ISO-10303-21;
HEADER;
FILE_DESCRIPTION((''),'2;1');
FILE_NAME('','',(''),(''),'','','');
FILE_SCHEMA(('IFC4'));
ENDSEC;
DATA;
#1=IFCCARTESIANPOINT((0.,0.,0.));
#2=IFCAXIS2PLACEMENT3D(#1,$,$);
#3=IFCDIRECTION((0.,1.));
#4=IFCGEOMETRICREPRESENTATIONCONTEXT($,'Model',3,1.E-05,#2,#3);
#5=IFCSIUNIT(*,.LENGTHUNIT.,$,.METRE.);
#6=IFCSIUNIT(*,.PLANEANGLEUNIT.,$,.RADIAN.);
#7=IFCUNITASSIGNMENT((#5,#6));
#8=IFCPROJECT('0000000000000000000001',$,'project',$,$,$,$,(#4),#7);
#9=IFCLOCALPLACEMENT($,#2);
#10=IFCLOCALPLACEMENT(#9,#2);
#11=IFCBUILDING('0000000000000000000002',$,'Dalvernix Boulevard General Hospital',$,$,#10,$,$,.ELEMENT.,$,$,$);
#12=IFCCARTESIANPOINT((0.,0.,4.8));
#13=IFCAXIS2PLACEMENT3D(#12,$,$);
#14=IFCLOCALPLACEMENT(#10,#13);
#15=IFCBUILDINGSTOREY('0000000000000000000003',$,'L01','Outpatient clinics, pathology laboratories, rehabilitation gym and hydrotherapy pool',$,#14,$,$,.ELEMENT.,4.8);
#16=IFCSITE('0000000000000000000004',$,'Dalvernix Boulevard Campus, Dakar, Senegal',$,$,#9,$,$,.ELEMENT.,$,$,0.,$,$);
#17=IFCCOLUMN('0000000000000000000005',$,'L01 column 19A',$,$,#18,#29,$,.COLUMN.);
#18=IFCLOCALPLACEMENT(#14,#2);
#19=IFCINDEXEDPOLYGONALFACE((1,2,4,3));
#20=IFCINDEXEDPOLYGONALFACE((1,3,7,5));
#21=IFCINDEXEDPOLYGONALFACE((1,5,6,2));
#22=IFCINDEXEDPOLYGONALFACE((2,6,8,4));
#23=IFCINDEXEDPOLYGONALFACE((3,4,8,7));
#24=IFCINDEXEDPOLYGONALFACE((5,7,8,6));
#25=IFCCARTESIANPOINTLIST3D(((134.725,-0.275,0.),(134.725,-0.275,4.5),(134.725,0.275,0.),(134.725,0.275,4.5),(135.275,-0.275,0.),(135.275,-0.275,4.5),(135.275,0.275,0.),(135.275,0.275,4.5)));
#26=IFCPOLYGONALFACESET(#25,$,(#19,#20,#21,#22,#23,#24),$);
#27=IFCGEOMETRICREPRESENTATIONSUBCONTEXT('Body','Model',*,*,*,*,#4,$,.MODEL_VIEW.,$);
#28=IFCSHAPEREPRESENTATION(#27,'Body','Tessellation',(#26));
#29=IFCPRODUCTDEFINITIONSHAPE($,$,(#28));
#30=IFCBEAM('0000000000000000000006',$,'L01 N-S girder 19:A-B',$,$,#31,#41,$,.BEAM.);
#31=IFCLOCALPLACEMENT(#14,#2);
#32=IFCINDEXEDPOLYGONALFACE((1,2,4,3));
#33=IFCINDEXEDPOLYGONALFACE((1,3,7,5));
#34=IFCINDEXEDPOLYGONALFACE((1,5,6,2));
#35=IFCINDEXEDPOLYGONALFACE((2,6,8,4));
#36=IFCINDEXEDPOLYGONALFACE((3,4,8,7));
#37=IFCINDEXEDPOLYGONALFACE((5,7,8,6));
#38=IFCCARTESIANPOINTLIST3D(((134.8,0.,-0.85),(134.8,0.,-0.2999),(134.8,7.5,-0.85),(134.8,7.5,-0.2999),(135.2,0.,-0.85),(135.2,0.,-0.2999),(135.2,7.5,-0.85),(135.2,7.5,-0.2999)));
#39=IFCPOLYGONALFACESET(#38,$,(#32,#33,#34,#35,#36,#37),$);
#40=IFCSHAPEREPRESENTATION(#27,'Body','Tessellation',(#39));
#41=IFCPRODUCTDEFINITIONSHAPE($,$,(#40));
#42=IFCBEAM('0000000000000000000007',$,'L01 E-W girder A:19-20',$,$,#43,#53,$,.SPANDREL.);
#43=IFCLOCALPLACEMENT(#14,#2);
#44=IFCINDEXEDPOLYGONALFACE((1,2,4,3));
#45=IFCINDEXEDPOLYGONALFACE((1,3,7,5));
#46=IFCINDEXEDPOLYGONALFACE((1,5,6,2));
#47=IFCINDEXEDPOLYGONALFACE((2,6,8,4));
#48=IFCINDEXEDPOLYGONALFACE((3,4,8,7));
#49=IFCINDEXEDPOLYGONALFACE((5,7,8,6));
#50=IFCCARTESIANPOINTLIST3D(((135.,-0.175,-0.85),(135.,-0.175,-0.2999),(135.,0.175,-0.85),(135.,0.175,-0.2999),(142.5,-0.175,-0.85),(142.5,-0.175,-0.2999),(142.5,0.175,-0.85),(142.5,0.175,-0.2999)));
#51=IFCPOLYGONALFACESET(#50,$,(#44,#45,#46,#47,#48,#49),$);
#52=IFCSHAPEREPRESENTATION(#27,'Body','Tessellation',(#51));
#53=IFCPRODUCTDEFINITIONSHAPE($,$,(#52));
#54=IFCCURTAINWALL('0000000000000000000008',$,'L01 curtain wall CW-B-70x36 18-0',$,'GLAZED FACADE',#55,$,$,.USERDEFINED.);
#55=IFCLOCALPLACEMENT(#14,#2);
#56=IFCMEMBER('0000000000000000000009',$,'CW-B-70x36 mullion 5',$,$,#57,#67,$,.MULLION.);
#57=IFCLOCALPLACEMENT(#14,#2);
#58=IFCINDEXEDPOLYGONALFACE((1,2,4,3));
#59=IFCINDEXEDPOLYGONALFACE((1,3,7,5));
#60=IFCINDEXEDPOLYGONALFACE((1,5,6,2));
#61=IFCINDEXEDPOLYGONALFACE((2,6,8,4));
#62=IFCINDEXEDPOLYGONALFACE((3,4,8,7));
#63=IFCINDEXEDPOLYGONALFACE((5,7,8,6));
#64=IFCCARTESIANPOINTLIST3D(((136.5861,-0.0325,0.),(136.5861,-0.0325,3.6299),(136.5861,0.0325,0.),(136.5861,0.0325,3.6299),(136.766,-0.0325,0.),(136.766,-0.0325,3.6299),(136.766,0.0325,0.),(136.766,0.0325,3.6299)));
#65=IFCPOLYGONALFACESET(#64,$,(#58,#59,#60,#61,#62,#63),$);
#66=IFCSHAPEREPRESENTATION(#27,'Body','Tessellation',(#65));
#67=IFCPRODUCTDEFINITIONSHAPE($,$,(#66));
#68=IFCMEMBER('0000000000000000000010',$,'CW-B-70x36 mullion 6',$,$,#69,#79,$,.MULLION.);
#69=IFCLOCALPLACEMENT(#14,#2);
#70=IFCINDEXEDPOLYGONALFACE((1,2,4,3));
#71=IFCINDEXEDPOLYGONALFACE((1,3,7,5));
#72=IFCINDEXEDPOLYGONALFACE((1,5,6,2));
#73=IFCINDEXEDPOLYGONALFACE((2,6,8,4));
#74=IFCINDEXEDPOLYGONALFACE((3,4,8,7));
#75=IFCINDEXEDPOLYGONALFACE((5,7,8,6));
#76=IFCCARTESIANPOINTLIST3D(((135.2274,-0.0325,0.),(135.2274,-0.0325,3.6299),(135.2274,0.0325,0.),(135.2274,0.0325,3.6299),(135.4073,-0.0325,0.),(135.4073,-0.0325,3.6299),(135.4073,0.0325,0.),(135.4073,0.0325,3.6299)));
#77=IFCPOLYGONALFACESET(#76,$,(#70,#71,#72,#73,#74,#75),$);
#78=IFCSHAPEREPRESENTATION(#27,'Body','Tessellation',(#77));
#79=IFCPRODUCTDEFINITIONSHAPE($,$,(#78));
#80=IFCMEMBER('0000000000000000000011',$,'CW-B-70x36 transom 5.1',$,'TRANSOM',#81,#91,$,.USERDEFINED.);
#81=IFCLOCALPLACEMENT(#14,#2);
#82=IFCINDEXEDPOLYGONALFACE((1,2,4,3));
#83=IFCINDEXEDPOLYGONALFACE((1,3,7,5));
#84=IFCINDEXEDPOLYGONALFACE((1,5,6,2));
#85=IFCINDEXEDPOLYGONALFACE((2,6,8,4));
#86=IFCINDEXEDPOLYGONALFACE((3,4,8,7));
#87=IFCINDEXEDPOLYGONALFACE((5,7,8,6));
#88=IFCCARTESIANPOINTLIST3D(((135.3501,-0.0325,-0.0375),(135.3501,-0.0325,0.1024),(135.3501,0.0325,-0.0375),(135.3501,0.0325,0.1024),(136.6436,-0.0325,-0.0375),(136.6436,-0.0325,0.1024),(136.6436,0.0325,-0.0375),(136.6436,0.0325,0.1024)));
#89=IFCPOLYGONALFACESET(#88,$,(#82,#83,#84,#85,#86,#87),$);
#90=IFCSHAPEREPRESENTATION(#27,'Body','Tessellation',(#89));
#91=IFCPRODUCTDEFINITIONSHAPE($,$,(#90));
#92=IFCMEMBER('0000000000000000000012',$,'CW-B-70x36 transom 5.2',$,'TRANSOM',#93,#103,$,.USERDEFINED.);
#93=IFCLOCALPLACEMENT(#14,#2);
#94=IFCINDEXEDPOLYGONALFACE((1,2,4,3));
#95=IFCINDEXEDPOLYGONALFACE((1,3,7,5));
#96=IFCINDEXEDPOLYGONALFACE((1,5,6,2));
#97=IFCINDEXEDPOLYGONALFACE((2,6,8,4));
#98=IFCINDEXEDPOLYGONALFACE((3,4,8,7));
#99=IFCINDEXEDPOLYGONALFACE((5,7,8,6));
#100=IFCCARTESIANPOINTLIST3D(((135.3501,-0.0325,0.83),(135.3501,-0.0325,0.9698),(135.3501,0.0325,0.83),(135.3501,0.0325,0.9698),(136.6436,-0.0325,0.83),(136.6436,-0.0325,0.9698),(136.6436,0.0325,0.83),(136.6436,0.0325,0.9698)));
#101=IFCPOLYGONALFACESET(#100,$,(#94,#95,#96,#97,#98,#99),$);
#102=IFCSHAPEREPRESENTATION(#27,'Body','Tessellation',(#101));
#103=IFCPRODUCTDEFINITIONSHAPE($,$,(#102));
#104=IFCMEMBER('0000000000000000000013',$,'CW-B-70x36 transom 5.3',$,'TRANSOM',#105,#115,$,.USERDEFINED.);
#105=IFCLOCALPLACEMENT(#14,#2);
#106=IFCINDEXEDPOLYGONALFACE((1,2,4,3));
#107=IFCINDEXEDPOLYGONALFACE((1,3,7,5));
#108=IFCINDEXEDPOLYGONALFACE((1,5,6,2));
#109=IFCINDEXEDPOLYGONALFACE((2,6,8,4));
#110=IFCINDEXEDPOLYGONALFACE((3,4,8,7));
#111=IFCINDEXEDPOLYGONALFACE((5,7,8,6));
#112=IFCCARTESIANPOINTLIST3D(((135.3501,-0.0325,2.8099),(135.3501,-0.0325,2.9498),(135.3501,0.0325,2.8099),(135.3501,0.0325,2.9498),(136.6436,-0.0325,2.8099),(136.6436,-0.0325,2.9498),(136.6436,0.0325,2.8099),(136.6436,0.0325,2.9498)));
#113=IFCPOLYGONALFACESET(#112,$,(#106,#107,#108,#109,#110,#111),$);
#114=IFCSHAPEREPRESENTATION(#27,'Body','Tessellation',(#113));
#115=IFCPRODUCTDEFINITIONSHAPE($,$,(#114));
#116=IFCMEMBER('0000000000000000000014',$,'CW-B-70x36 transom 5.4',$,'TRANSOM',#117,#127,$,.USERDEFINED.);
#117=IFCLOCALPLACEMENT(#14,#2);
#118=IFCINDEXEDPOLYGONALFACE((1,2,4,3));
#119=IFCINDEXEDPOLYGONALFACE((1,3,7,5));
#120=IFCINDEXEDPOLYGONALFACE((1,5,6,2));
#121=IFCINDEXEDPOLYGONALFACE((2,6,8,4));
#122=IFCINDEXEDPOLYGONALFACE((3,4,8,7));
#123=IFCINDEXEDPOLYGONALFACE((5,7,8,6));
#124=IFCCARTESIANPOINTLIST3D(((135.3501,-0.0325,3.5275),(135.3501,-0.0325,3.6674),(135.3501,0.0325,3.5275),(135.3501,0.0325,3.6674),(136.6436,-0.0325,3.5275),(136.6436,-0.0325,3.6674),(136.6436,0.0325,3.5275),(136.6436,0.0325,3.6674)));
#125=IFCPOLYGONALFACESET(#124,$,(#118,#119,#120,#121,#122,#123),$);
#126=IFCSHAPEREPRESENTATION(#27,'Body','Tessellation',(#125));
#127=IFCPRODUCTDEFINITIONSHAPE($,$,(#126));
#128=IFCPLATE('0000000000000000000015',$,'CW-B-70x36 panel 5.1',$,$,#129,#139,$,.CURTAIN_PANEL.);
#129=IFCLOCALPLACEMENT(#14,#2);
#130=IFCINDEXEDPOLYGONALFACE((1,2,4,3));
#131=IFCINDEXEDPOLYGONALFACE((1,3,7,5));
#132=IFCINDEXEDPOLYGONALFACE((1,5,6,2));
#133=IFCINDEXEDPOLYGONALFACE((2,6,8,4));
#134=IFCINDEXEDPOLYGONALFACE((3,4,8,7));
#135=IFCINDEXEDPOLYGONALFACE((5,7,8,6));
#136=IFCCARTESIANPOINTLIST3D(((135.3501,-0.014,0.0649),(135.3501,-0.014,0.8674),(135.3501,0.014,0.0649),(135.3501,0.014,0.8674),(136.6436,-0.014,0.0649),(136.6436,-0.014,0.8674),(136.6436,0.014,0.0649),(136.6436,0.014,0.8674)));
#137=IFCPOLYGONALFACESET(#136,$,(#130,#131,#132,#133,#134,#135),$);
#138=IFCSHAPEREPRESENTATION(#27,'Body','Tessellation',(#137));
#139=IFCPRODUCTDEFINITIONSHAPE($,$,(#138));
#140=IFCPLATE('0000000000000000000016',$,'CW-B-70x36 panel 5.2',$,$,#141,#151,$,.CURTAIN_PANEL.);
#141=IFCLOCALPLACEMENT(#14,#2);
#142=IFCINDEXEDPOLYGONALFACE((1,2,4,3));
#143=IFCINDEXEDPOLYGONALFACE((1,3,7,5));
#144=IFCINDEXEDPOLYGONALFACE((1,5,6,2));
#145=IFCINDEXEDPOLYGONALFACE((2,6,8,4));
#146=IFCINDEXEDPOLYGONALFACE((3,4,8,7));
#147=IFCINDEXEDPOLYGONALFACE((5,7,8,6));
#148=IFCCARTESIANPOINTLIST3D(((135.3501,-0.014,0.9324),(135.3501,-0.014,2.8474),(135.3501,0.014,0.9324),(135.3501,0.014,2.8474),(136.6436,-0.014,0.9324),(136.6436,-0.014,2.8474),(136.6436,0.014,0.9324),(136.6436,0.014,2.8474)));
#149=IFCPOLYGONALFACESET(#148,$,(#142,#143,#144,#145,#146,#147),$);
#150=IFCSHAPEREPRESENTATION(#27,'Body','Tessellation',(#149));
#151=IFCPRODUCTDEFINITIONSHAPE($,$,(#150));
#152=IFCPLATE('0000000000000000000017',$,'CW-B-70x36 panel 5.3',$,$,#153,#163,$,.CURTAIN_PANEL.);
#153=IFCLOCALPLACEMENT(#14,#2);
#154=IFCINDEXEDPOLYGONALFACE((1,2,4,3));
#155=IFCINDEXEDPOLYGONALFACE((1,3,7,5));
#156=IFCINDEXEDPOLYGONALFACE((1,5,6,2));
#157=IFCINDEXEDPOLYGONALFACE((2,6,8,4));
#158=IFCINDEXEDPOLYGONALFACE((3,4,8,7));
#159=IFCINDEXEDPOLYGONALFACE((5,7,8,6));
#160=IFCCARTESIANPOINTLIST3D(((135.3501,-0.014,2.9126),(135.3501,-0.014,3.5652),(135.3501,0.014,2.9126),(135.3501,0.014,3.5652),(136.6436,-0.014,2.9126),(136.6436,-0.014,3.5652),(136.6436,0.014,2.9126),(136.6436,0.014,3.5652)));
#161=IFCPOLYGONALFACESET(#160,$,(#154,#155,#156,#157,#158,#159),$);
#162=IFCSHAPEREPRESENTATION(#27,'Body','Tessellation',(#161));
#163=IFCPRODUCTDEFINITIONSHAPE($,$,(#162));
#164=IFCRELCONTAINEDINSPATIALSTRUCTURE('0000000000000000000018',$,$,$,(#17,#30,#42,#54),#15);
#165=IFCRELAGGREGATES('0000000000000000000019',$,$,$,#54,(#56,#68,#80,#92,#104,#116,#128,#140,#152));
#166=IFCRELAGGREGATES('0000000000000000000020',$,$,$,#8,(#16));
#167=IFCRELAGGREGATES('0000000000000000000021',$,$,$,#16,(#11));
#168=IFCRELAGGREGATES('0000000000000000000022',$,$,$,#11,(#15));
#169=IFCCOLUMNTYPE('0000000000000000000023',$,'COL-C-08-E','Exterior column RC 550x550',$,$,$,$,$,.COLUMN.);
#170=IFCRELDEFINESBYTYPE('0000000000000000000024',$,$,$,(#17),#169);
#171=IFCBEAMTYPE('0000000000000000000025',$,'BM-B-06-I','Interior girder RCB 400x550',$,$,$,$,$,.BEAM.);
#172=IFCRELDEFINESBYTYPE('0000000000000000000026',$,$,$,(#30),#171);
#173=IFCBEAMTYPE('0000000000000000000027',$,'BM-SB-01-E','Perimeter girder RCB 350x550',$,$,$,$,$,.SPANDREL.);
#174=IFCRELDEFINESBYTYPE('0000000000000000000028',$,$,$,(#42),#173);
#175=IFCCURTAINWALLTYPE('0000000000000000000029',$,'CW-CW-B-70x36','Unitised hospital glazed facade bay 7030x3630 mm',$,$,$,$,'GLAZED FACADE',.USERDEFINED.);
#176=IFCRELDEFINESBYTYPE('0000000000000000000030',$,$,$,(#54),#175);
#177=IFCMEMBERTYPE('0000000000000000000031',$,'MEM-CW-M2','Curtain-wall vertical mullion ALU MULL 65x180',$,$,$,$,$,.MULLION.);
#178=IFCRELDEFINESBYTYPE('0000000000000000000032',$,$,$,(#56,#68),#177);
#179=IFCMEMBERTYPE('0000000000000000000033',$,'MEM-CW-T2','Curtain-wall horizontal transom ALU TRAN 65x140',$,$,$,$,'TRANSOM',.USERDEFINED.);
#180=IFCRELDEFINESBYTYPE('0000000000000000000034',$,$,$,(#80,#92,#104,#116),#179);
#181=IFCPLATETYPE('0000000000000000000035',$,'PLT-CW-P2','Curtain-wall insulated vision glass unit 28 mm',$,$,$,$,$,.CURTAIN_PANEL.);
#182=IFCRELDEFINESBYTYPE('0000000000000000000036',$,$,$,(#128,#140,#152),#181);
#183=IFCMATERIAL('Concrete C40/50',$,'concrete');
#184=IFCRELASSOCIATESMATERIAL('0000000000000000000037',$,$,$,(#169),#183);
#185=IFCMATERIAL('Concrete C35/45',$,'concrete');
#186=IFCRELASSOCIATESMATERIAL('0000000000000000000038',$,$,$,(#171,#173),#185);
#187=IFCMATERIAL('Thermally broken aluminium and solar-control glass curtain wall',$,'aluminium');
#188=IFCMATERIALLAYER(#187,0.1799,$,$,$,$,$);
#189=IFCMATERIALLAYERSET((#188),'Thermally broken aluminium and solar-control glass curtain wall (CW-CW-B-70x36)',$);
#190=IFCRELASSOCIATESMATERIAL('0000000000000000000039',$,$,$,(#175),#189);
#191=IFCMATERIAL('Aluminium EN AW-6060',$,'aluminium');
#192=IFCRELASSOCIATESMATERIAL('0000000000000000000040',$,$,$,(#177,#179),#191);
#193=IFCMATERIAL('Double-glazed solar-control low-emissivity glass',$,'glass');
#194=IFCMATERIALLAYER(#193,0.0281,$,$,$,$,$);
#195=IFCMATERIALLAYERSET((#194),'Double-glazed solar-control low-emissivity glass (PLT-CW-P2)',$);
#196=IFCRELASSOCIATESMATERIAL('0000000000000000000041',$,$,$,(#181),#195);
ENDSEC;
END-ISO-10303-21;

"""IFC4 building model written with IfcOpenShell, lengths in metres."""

from ifc_helpers import new_model, si_unit, direction, frame, origin, origin_2d, place, context, subcontext, project, spatial, rectangle, extrude, material, layer, layer_set, material_profile, profile_set, type_object, element, aggregate, save


model = new_model("IFC4")

# Units and contexts
model_context = context("Model", 3, precision=1e-05, world=origin(), true_north=direction((0.0, 1.0)))
body_context = subcontext(model_context, "Body", "Model", "MODEL_VIEW")
ifc_project = project(units=[si_unit("LENGTHUNIT", "METRE"), si_unit("PLANEANGLEUNIT", "RADIAN")], contexts=[model_context])

# Site, building, storey
site_placement = place(None, origin())
site = spatial("IfcSite", under=ifc_project, at=site_placement, Name="Dalvernix Boulevard Campus, Dakar, Senegal", CompositionType="ELEMENT", RefElevation=0.0)
building_placement = place(site_placement, origin())
building = spatial("IfcBuilding", under=site, at=building_placement, Name="Dalvernix Boulevard General Hospital", CompositionType="ELEMENT")
storey_placement = place(building_placement, frame((0.0, 0.0, 4.8)))
storey = spatial("IfcBuildingStorey", under=building, at=storey_placement, Name="L01", Description="Outpatient clinics, pathology laboratories, rehabilitation gym and hydrotherapy pool", CompositionType="ELEMENT", Elevation=4.8)

# Column
ifc_material_1 = material(Name="Concrete C40/50", Category="concrete")
ifc_material_profile_1 = material_profile(ifc_material_1, rectangle(XDim=0.55, YDim=0.55, at=origin_2d()), Name="RC 550x550")
ifc_profile_set_1 = profile_set([ifc_material_profile_1], Name="Concrete C40/50")
column_type = type_object("IfcColumnType", Name="COL-C-08-E", Description="Exterior column RC 550x550", PredefinedType="COLUMN", material=ifc_profile_set_1)
column_placement = place(storey_placement, frame((135.0, 0.0, 0.0), z_axis=(0.0, 0.0, 1.0), x_axis=(1.0, 0.0, 0.0)))
element("IfcColumn", 1, at=column_placement, inside=storey, type_object=column_type, Name="L01 column 19A", PredefinedType="COLUMN", context=body_context, shape_type="SweptSolid", body=[
    extrude(rectangle(XDim=0.55, YDim=0.55, at=origin_2d()), origin(), (0.0, 0.0, 1.0), 4.5),
])

# Beams
ifc_material_2 = material(Name="Concrete C35/45", Category="concrete")
ifc_material_profile_2 = material_profile(ifc_material_2, rectangle(XDim=0.3999, YDim=0.55, at=origin_2d()), Name="RCB 400x550")
ifc_profile_set_2 = profile_set([ifc_material_profile_2], Name="Concrete C35/45")
beam_type_1 = type_object("IfcBeamType", Name="BM-B-06-I", Description="Interior girder RCB 400x550", PredefinedType="BEAM", material=ifc_profile_set_2)
beam_1_placement = place(storey_placement, frame((135.0, 0.0, -0.575), z_axis=(0.0, 1.0, 0.0), x_axis=(-1.0, 0.0, 0.0)))
element("IfcBeam", 2, at=beam_1_placement, inside=storey, type_object=beam_type_1, Name="L01 N-S girder 19:A-B", PredefinedType="BEAM", context=body_context, shape_type="SweptSolid", body=[
    extrude(rectangle(XDim=0.3999, YDim=0.55, at=origin_2d()), origin(), (0.0, 0.0, 1.0), 7.5),
])
ifc_material_profile_3 = material_profile(ifc_material_2, rectangle(XDim=0.3501, YDim=0.55, at=origin_2d()), Name="RCB 350x550")
ifc_profile_set_3 = profile_set([ifc_material_profile_3], Name="Concrete C35/45")
beam_type_2 = type_object("IfcBeamType", Name="BM-SB-01-E", Description="Perimeter girder RCB 350x550", PredefinedType="SPANDREL", material=ifc_profile_set_3)
beam_2_placement = place(storey_placement, frame((135.0, 0.0, -0.575), z_axis=(1.0, 0.0, 0.0), x_axis=(0.0, 1.0, 0.0)))
element("IfcBeam", 3, at=beam_2_placement, inside=storey, type_object=beam_type_2, Name="L01 E-W girder A:19-20", PredefinedType="SPANDREL", context=body_context, shape_type="SweptSolid", body=[
    extrude(rectangle(XDim=0.3501, YDim=0.55, at=origin_2d()), origin(), (0.0, 0.0, 1.0), 7.5),
])

# Curtain wall, members, plates
ifc_material_3 = material(Name="Thermally broken aluminium and solar-control glass curtain wall", Category="aluminium")
ifc_layer_1 = layer(ifc_material_3, 0.1799)
ifc_layer_set_1 = layer_set([ifc_layer_1], Name="Thermally broken aluminium and solar-control glass curtain wall (CW-CW-B-70x36)")
curtain_wall_type = type_object("IfcCurtainWallType", Name="CW-CW-B-70x36", Description="Unitised hospital glazed facade bay 7030x3630 mm", ElementType="GLAZED FACADE", PredefinedType="USERDEFINED", material=ifc_layer_set_1)
curtain_wall_placement = place(storey_placement, origin())
curtain_wall = element("IfcCurtainWall", 4, at=curtain_wall_placement, inside=storey, type_object=curtain_wall_type, Name="L01 curtain wall CW-B-70x36 18-0", ObjectType="GLAZED FACADE", PredefinedType="USERDEFINED")
ifc_material_4 = material(Name="Aluminium EN AW-6060", Category="aluminium")
ifc_material_profile_4 = material_profile(ifc_material_4, rectangle(XDim=0.0649, YDim=0.1799, at=origin_2d()), Name="ALU MULL 65x180")
ifc_profile_set_4 = profile_set([ifc_material_profile_4], Name="Aluminium EN AW-6060")
member_type_1 = type_object("IfcMemberType", Name="MEM-CW-M2", Description="Curtain-wall vertical mullion ALU MULL 65x180", PredefinedType="MULLION", material=ifc_profile_set_4)
member_1_placement = place(storey_placement, frame((136.676, 0.0, 0.0), z_axis=(0.0, 0.0, 1.0), x_axis=(0.0, -1.0, 0.0)))
member_1 = element("IfcMember", 5, at=member_1_placement, type_object=member_type_1, Name="CW-B-70x36 mullion 5", PredefinedType="MULLION", context=body_context, shape_type="SweptSolid", body=[
    extrude(rectangle(XDim=0.0649, YDim=0.1799, at=origin_2d()), origin(), (0.0, 0.0, 1.0), 3.6299),
])
member_2_placement = place(storey_placement, frame((135.3174, 0.0, 0.0), z_axis=(0.0, 0.0, 1.0), x_axis=(0.0, -1.0, 0.0)))
member_2 = element("IfcMember", 6, at=member_2_placement, type_object=member_type_1, Name="CW-B-70x36 mullion 6", PredefinedType="MULLION", context=body_context, shape_type="SweptSolid", body=[
    extrude(rectangle(XDim=0.0649, YDim=0.1799, at=origin_2d()), origin(), (0.0, 0.0, 1.0), 3.6299),
])
ifc_material_profile_5 = material_profile(ifc_material_4, rectangle(XDim=0.0649, YDim=0.1399, at=origin_2d()), Name="ALU TRAN 65x140")
ifc_profile_set_5 = profile_set([ifc_material_profile_5], Name="Aluminium EN AW-6060")
member_type_2 = type_object("IfcMemberType", Name="MEM-CW-T2", Description="Curtain-wall horizontal transom ALU TRAN 65x140", ElementType="TRANSOM", PredefinedType="USERDEFINED", material=ifc_profile_set_5)
member_3_placement = place(storey_placement, frame((136.6436, 0.0, 0.0325), z_axis=(-1.0, 0.0, 0.0), x_axis=(0.0, -1.0, 0.0)))
member_3 = element("IfcMember", 7, at=member_3_placement, type_object=member_type_2, Name="CW-B-70x36 transom 5.1", ObjectType="TRANSOM", PredefinedType="USERDEFINED", context=body_context, shape_type="SweptSolid", body=[
    extrude(rectangle(XDim=0.0649, YDim=0.1399, at=origin_2d()), origin(), (0.0, 0.0, 1.0), 1.2935),
])
member_4_placement = place(storey_placement, frame((136.6436, 0.0, 0.8999), z_axis=(-1.0, 0.0, 0.0), x_axis=(0.0, -1.0, 0.0)))
member_4 = element("IfcMember", 8, at=member_4_placement, type_object=member_type_2, Name="CW-B-70x36 transom 5.2", ObjectType="TRANSOM", PredefinedType="USERDEFINED", context=body_context, shape_type="SweptSolid", body=[
    extrude(rectangle(XDim=0.0649, YDim=0.1399, at=origin_2d()), origin(), (0.0, 0.0, 1.0), 1.2935),
])
member_5_placement = place(storey_placement, frame((136.6436, 0.0, 2.8799), z_axis=(-1.0, 0.0, 0.0), x_axis=(0.0, -1.0, 0.0)))
member_5 = element("IfcMember", 9, at=member_5_placement, type_object=member_type_2, Name="CW-B-70x36 transom 5.3", ObjectType="TRANSOM", PredefinedType="USERDEFINED", context=body_context, shape_type="SweptSolid", body=[
    extrude(rectangle(XDim=0.0649, YDim=0.1399, at=origin_2d()), origin(), (0.0, 0.0, 1.0), 1.2935),
])
member_6_placement = place(storey_placement, frame((136.6436, 0.0, 3.5974), z_axis=(-1.0, 0.0, 0.0), x_axis=(0.0, -1.0, 0.0)))
member_6 = element("IfcMember", 10, at=member_6_placement, type_object=member_type_2, Name="CW-B-70x36 transom 5.4", ObjectType="TRANSOM", PredefinedType="USERDEFINED", context=body_context, shape_type="SweptSolid", body=[
    extrude(rectangle(XDim=0.0649, YDim=0.1399, at=origin_2d()), origin(), (0.0, 0.0, 1.0), 1.2935),
])
ifc_material_5 = material(Name="Double-glazed solar-control low-emissivity glass", Category="glass")
ifc_layer_2 = layer(ifc_material_5, 0.0281)
ifc_layer_set_2 = layer_set([ifc_layer_2], Name="Double-glazed solar-control low-emissivity glass (PLT-CW-P2)")
plate_type = type_object("IfcPlateType", Name="PLT-CW-P2", Description="Curtain-wall insulated vision glass unit 28 mm", PredefinedType="CURTAIN_PANEL", material=ifc_layer_set_2)
plate_1_placement = place(storey_placement, frame((135.9968, 0.0, 0.0649), z_axis=(0.0, 0.0, 1.0), x_axis=(-1.0, 0.0, 0.0)))
plate_1 = element("IfcPlate", 11, at=plate_1_placement, type_object=plate_type, Name="CW-B-70x36 panel 5.1", PredefinedType="CURTAIN_PANEL", context=body_context, shape_type="SweptSolid", body=[
    extrude(rectangle(XDim=1.2935, YDim=0.0281, at=origin_2d()), origin(), (0.0, 0.0, 1.0), 0.8025),
])
plate_2_placement = place(storey_placement, frame((135.9968, 0.0, 0.9324), z_axis=(0.0, 0.0, 1.0), x_axis=(-1.0, 0.0, 0.0)))
plate_2 = element("IfcPlate", 12, at=plate_2_placement, type_object=plate_type, Name="CW-B-70x36 panel 5.2", PredefinedType="CURTAIN_PANEL", context=body_context, shape_type="SweptSolid", body=[
    extrude(rectangle(XDim=1.2935, YDim=0.0281, at=origin_2d()), origin(), (0.0, 0.0, 1.0), 1.915),
])
plate_3_placement = place(storey_placement, frame((135.9968, 0.0, 2.9126), z_axis=(0.0, 0.0, 1.0), x_axis=(-1.0, 0.0, 0.0)))
plate_3 = element("IfcPlate", 13, at=plate_3_placement, type_object=plate_type, Name="CW-B-70x36 panel 5.3", PredefinedType="CURTAIN_PANEL", context=body_context, shape_type="SweptSolid", body=[
    extrude(rectangle(XDim=1.2935, YDim=0.0281, at=origin_2d()), origin(), (0.0, 0.0, 1.0), 0.6526),
])
aggregate(curtain_wall, [member_1, member_2, member_3, member_4, member_5, member_6, plate_1, plate_2, plate_3])

save(model, "model.ifc")
